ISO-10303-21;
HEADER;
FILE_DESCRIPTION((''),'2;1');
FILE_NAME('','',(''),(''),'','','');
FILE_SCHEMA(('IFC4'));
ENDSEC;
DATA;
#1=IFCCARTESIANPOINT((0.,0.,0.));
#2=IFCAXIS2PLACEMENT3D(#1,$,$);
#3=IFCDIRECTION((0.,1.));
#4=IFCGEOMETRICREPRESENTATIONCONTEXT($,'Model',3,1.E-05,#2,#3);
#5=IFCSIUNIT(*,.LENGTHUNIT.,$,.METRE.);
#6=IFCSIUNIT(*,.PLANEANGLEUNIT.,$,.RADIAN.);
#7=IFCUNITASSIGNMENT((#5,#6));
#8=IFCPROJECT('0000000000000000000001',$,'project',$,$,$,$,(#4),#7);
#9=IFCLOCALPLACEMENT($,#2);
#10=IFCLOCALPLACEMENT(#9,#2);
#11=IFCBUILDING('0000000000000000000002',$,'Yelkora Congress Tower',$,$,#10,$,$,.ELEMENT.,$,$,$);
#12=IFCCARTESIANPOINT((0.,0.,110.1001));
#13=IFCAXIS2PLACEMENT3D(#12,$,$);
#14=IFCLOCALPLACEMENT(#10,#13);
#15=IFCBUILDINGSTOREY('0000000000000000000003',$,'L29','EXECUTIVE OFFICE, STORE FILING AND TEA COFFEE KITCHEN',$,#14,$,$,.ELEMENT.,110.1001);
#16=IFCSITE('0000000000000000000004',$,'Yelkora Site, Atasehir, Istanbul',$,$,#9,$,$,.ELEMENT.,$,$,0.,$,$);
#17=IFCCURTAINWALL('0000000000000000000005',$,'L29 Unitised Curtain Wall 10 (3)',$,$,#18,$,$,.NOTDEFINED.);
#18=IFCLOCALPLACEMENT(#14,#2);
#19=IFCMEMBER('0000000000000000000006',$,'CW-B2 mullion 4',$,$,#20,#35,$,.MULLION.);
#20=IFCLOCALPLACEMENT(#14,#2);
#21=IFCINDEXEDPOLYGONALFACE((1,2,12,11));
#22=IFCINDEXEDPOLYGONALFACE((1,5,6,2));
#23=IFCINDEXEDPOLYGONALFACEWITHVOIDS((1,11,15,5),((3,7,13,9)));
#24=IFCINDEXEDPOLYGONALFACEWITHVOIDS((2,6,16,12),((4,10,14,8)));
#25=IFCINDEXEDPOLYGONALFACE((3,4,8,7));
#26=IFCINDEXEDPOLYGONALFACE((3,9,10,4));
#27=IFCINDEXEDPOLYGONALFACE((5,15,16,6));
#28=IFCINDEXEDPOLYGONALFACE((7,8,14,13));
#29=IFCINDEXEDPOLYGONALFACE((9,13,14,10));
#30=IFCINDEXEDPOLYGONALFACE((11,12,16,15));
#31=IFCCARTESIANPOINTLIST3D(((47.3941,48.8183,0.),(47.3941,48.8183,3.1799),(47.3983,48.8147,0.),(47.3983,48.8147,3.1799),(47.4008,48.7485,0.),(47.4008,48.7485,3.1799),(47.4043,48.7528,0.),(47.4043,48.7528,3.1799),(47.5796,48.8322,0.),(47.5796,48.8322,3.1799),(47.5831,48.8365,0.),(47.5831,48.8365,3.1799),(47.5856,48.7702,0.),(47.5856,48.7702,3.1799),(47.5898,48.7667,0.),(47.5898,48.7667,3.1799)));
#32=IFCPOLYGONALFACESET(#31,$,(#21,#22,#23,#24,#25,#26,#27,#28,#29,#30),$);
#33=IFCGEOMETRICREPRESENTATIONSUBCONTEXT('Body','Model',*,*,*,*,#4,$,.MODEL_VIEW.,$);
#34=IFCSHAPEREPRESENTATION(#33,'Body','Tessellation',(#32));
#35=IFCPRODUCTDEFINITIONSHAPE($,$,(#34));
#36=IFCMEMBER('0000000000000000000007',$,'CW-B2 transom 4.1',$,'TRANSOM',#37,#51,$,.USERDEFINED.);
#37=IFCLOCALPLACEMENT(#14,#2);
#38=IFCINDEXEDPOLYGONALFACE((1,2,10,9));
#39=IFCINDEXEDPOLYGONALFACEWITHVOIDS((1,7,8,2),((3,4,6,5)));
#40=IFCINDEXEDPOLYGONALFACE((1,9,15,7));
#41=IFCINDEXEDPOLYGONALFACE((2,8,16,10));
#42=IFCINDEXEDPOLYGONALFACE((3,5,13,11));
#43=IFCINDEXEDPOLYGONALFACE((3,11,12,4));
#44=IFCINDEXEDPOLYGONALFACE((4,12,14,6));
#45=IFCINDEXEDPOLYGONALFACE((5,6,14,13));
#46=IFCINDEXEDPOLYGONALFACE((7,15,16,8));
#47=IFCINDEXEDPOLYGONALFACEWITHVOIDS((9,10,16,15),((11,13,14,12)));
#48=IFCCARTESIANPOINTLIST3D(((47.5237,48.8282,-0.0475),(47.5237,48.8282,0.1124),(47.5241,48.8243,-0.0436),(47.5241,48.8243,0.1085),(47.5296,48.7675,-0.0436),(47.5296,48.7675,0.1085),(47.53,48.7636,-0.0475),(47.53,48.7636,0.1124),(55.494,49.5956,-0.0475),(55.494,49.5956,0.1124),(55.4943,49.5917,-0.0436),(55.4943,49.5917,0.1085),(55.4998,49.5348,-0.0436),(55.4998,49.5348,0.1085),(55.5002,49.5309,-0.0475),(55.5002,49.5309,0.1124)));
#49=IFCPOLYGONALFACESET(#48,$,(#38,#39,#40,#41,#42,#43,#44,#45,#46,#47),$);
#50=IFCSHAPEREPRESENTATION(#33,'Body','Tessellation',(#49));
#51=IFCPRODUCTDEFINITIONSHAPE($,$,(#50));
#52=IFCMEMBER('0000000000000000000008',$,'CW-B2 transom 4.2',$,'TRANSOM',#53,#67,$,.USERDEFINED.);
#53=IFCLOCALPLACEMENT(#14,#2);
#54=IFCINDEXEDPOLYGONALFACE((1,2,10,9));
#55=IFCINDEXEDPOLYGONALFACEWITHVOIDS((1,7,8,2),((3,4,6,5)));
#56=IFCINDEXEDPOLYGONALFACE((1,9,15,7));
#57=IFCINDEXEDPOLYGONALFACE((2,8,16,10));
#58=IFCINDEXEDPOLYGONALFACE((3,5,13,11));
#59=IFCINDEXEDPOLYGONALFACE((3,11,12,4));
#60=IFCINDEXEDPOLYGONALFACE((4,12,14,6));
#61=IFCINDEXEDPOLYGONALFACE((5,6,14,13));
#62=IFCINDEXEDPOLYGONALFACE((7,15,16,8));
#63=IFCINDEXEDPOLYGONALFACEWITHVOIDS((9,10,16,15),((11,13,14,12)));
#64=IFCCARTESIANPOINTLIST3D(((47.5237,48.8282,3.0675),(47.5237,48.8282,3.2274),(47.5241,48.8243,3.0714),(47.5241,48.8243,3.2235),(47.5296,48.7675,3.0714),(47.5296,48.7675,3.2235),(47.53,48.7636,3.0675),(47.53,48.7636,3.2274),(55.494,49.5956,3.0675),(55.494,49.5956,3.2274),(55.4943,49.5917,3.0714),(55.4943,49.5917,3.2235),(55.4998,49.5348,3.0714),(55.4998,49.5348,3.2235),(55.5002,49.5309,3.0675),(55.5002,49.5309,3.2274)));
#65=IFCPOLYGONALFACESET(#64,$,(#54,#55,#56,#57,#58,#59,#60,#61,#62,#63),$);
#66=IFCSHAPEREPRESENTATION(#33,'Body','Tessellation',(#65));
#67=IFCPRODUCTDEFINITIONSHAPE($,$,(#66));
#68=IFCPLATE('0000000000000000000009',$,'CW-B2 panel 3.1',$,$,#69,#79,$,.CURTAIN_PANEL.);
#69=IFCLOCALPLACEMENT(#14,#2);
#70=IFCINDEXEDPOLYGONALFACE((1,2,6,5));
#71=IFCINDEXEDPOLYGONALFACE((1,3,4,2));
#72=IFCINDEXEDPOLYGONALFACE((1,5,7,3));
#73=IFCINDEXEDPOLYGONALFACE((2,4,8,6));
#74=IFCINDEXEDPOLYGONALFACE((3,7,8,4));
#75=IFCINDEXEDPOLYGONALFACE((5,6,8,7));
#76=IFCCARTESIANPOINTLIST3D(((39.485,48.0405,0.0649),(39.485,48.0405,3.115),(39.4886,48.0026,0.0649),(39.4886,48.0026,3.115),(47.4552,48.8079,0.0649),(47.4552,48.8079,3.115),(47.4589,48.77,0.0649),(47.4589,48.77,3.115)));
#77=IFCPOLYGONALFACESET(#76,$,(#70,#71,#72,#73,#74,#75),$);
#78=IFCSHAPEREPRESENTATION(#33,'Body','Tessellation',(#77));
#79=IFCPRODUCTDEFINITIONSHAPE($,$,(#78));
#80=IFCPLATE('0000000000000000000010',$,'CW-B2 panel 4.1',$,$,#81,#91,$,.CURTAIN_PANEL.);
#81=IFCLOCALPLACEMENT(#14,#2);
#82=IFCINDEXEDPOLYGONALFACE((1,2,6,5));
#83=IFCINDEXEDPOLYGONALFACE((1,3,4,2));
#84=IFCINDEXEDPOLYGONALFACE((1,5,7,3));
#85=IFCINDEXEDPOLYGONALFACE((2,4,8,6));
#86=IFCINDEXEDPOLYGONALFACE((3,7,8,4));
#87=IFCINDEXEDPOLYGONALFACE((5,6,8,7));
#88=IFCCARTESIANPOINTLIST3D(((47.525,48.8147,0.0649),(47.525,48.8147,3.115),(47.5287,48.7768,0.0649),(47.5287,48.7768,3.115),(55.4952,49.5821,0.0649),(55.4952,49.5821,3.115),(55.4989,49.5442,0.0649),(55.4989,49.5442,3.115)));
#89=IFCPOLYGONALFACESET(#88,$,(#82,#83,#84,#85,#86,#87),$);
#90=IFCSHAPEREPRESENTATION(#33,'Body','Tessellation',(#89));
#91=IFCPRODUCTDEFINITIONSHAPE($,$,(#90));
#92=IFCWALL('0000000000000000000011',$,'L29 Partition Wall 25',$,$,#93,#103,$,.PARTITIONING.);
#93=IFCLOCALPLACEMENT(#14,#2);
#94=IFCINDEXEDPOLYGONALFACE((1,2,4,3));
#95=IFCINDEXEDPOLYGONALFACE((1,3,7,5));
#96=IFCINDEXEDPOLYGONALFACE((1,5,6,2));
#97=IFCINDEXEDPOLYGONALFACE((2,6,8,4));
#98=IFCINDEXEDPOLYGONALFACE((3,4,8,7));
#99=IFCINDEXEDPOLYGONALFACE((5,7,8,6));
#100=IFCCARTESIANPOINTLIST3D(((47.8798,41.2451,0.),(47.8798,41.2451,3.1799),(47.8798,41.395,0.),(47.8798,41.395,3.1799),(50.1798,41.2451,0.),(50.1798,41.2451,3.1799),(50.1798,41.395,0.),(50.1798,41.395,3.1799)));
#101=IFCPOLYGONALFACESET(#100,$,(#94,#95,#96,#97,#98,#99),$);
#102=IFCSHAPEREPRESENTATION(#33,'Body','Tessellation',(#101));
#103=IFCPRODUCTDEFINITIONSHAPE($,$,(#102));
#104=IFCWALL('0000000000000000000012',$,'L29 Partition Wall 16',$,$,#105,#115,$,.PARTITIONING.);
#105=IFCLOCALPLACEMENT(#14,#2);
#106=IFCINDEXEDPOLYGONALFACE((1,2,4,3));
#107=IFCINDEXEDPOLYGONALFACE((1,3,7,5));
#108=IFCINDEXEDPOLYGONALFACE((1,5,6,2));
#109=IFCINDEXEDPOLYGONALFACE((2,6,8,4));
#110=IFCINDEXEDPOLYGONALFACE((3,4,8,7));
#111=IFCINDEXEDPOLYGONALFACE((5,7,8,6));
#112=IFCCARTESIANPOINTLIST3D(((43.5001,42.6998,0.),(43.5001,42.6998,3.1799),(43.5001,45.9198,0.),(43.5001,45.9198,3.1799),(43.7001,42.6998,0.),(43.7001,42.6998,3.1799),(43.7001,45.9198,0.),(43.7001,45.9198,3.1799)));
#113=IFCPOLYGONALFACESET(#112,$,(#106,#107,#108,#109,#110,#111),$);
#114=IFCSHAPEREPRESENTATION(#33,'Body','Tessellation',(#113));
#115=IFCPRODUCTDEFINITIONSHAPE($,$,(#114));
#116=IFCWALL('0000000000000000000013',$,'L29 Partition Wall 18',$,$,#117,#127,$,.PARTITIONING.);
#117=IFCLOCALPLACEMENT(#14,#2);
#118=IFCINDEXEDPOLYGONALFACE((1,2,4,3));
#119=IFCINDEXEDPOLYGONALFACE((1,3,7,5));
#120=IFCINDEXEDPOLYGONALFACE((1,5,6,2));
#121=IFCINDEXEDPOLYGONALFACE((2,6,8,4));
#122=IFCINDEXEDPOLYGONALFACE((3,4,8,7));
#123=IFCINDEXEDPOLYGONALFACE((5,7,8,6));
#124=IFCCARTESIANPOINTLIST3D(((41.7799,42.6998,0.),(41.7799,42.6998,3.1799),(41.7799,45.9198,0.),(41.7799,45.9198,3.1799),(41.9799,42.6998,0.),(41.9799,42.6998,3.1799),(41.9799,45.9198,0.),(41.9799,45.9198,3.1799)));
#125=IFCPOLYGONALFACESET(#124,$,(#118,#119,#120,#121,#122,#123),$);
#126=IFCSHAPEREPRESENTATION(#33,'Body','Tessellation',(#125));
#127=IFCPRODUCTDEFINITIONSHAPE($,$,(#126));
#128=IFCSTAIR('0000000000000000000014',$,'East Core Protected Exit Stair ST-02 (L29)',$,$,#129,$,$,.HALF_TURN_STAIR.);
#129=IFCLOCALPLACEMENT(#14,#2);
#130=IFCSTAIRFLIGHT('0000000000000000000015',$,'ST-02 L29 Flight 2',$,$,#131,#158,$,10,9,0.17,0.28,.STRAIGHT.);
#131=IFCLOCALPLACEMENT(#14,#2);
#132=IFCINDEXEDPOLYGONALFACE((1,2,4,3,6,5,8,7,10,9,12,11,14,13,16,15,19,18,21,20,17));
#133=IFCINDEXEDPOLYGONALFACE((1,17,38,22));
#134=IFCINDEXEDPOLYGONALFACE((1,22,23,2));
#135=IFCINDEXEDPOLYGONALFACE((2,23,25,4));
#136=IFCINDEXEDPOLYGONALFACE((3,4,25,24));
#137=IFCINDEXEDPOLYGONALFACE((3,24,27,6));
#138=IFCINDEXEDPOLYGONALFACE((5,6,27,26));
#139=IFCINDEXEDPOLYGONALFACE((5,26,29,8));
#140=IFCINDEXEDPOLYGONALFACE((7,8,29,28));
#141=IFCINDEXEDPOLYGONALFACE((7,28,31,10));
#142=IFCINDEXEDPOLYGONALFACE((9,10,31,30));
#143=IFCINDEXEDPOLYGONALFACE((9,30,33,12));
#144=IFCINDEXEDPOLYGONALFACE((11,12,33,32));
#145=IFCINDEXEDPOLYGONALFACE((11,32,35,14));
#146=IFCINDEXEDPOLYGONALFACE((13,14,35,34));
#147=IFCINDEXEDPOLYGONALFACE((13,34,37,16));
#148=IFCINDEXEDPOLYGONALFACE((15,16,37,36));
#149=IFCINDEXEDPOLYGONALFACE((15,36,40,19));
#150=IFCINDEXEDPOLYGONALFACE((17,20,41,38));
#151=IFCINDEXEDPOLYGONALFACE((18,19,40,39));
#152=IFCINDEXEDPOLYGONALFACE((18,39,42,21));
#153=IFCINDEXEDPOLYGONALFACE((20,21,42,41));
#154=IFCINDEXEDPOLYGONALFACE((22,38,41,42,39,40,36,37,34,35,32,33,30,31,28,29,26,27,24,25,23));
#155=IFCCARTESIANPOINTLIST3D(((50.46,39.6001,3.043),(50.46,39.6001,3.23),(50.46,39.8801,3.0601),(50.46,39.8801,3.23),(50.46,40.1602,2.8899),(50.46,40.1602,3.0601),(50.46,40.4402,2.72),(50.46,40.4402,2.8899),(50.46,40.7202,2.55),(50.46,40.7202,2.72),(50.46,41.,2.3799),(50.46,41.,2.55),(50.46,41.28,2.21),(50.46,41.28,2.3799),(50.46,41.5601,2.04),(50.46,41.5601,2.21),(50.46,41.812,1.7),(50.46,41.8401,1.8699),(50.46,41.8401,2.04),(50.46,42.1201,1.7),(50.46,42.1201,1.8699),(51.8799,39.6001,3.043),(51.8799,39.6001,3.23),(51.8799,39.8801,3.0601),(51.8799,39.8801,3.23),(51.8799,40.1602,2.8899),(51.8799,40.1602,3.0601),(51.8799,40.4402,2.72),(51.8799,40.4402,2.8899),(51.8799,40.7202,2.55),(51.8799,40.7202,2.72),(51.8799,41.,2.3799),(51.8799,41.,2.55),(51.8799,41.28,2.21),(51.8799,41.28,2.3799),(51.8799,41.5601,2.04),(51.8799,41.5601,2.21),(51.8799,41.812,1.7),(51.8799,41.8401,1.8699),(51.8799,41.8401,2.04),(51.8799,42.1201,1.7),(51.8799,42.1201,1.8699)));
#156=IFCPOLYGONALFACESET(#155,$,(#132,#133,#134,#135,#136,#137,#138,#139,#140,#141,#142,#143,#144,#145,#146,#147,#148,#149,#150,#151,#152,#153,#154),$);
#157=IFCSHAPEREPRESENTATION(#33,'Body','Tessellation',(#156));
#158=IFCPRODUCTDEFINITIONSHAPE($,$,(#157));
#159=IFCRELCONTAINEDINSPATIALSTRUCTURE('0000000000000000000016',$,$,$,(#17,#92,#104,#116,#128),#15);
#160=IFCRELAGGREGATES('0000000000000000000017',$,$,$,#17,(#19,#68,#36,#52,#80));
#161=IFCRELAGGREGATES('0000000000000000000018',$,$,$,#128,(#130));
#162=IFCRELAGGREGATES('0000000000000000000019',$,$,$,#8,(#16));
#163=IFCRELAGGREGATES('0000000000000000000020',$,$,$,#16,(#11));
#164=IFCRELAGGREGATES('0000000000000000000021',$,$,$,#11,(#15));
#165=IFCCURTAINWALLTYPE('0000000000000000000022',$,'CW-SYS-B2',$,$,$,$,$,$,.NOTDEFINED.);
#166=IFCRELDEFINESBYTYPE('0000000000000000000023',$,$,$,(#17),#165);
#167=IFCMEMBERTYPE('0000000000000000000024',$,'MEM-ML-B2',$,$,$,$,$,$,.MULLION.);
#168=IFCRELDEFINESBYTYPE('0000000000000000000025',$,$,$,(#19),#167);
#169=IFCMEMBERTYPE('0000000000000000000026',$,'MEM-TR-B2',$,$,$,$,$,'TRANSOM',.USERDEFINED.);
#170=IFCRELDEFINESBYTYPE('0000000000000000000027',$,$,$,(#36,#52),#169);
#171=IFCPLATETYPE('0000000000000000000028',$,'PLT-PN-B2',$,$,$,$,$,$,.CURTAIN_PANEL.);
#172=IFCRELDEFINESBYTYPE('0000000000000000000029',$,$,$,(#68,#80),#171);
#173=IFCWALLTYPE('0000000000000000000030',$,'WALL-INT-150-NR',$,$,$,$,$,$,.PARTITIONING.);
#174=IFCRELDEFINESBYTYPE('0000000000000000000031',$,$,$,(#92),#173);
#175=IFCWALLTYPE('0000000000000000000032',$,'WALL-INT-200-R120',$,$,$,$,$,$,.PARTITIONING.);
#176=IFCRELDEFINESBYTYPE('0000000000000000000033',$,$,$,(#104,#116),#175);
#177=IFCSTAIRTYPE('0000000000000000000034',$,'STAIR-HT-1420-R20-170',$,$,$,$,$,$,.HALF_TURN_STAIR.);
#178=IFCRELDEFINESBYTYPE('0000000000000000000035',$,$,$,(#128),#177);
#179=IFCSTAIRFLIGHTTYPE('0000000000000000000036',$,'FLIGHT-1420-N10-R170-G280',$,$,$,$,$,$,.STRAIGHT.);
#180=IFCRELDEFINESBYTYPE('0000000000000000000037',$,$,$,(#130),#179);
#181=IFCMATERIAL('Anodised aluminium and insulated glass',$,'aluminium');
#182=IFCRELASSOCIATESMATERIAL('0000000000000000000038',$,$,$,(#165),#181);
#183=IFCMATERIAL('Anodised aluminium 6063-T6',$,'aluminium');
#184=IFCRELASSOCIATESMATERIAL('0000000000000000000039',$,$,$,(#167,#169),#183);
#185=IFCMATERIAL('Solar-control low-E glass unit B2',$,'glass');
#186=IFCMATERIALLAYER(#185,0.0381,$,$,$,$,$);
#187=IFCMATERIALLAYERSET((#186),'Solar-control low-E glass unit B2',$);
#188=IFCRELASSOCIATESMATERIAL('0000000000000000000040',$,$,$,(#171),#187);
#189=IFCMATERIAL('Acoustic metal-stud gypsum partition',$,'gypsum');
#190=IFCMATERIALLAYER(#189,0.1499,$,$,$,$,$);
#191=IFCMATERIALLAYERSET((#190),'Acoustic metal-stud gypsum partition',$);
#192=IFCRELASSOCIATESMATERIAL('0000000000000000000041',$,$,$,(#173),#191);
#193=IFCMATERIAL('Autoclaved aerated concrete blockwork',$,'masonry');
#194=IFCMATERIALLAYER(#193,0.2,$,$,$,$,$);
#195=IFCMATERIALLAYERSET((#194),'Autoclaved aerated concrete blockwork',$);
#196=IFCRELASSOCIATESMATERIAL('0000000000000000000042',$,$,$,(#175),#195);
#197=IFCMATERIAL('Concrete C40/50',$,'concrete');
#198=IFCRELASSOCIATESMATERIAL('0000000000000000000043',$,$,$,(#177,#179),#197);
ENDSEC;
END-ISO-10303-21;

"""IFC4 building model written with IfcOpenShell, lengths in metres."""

from ifc_helpers import new_model, si_unit, direction, frame, frame_2d, origin, origin_2d, place, context, subcontext, project, spatial, polyline, rectangle, hollow_rectangle, outline, extrude, material, layer, layer_set, material_profile, profile_set, type_object, element, aggregate, save


model = new_model("IFC4")

# Units and contexts
model_context = context("Model", 3, precision=1e-05, world=origin(), true_north=direction((0.0, 1.0)))
body_context = subcontext(model_context, "Body", "Model", "MODEL_VIEW")
ifc_project = project(units=[si_unit("LENGTHUNIT", "METRE"), si_unit("PLANEANGLEUNIT", "RADIAN")], contexts=[model_context])

# Site, building, storey
site_placement = place(None, origin())
site = spatial("IfcSite", under=ifc_project, at=site_placement, Name="Yelkora Site, Atasehir, Istanbul", CompositionType="ELEMENT", RefElevation=0.0)
building_placement = place(site_placement, origin())
building = spatial("IfcBuilding", under=site, at=building_placement, Name="Yelkora Congress Tower", CompositionType="ELEMENT")
storey_placement = place(building_placement, frame((0.0, 0.0, 110.1001)))
storey = spatial("IfcBuildingStorey", under=building, at=storey_placement, Name="L29", Description="EXECUTIVE OFFICE, STORE FILING AND TEA COFFEE KITCHEN", CompositionType="ELEMENT", Elevation=110.1001)

# Curtain wall, members, plates
ifc_material_1 = material(Name="Anodised aluminium and insulated glass", Category="aluminium")
curtain_wall_type = type_object("IfcCurtainWallType", Name="CW-SYS-B2", PredefinedType="NOTDEFINED", material=ifc_material_1)
curtain_wall_placement = place(storey_placement, origin())
curtain_wall = element("IfcCurtainWall", 1, at=curtain_wall_placement, inside=storey, type_object=curtain_wall_type, Name="L29 Unitised Curtain Wall 10 (3)", PredefinedType="NOTDEFINED")
ifc_material_2 = material(Name="Anodised aluminium 6063-T6", Category="aluminium")
ifc_material_profile_1 = material_profile(ifc_material_2, hollow_rectangle(XDim=0.0701, YDim=0.1899, WallThickness=0.0039, at=origin_2d()), Name="ALU 70x190x4")
ifc_profile_set_1 = profile_set([ifc_material_profile_1], Name="Anodised aluminium 6063-T6")
member_type_1 = type_object("IfcMemberType", Name="MEM-ML-B2", PredefinedType="MULLION", material=ifc_profile_set_1)
member_1_placement = place(storey_placement, frame((47.4919, 48.7925, 0.0), z_axis=(0.0, 0.0, 1.0), x_axis=(-0.095844, 0.995396, 0.0)))
member_1 = element("IfcMember", 2, at=member_1_placement, type_object=member_type_1, Name="CW-B2 mullion 4", PredefinedType="MULLION", context=body_context, shape_type="SweptSolid", body=[
    extrude(hollow_rectangle(XDim=0.0701, YDim=0.1899, WallThickness=0.0039, at=origin_2d()), origin(), (0.0, 0.0, 1.0), 3.1799),
])
ifc_material_profile_2 = material_profile(ifc_material_2, hollow_rectangle(XDim=0.0649, YDim=0.1599, WallThickness=0.0039, at=origin_2d()), Name="ALU 65x160x4")
ifc_profile_set_2 = profile_set([ifc_material_profile_2], Name="Anodised aluminium 6063-T6")
member_type_2 = type_object("IfcMemberType", Name="MEM-TR-B2", ElementType="TRANSOM", PredefinedType="USERDEFINED", material=ifc_profile_set_2)
member_2_placement = place(storey_placement, frame((47.5269, 48.7959, 0.0325), z_axis=(0.995398, 0.095832, 0.0), x_axis=(-0.095832, 0.995398, 0.0)))
member_2 = element("IfcMember", 3, at=member_2_placement, type_object=member_type_2, Name="CW-B2 transom 4.1", ObjectType="TRANSOM", PredefinedType="USERDEFINED", context=body_context, shape_type="SweptSolid", body=[
    extrude(hollow_rectangle(XDim=0.0649, YDim=0.1599, WallThickness=0.0039, at=origin_2d()), origin(), (0.0, 0.0, 1.0), 8.0071),
])
member_3_placement = place(storey_placement, frame((47.5269, 48.7959, 3.1475), z_axis=(0.995398, 0.095832, 0.0), x_axis=(-0.095832, 0.995398, 0.0)))
member_3 = element("IfcMember", 4, at=member_3_placement, type_object=member_type_2, Name="CW-B2 transom 4.2", ObjectType="TRANSOM", PredefinedType="USERDEFINED", context=body_context, shape_type="SweptSolid", body=[
    extrude(hollow_rectangle(XDim=0.0649, YDim=0.1599, WallThickness=0.0039, at=origin_2d()), origin(), (0.0, 0.0, 1.0), 8.0071),
])
ifc_material_3 = material(Name="Solar-control low-E glass unit B2", Category="glass")
ifc_layer_1 = layer(ifc_material_3, 0.0381)
ifc_layer_set_1 = layer_set([ifc_layer_1], Name="Solar-control low-E glass unit B2")
plate_type = type_object("IfcPlateType", Name="PLT-PN-B2", PredefinedType="CURTAIN_PANEL", material=ifc_layer_set_1)
plate_1_placement = place(storey_placement, frame((43.4719, 48.4053, 0.0649), z_axis=(0.0, 0.0, 1.0), x_axis=(0.995396, 0.095844, 0.0)))
plate_1 = element("IfcPlate", 5, at=plate_1_placement, type_object=plate_type, Name="CW-B2 panel 3.1", PredefinedType="CURTAIN_PANEL", context=body_context, shape_type="SweptSolid", body=[
    extrude(rectangle(XDim=8.0071, YDim=0.0381, at=origin_2d()), origin(), (0.0, 0.0, 1.0), 3.05),
])
plate_2_placement = place(storey_placement, frame((51.512, 49.1794, 0.0649), z_axis=(0.0, 0.0, 1.0), x_axis=(0.995396, 0.095844, 0.0)))
plate_2 = element("IfcPlate", 6, at=plate_2_placement, type_object=plate_type, Name="CW-B2 panel 4.1", PredefinedType="CURTAIN_PANEL", context=body_context, shape_type="SweptSolid", body=[
    extrude(rectangle(XDim=8.0071, YDim=0.0381, at=origin_2d()), origin(), (0.0, 0.0, 1.0), 3.05),
])
aggregate(curtain_wall, [member_1, plate_1, member_2, member_3, plate_2])

# Shared definitions
ifc_material_4 = material(Name="Acoustic metal-stud gypsum partition", Category="gypsum")
ifc_layer_2 = layer(ifc_material_4, 0.1499)
ifc_layer_set_2 = layer_set([ifc_layer_2], Name="Acoustic metal-stud gypsum partition")
wall_type_1 = type_object("IfcWallType", Name="WALL-INT-150-NR", PredefinedType="PARTITIONING", material=ifc_layer_set_2)

# Walls
wall_1_placement = place(storey_placement, frame((47.8799, 41.3201, 0.0), z_axis=(0.0, 0.0, 1.0), x_axis=(1.0, 0.0, 0.0)))
element("IfcWall", 7, at=wall_1_placement, inside=storey, type_object=wall_type_1, Name="L29 Partition Wall 25", PredefinedType="PARTITIONING", context=body_context, shape_type="SweptSolid", body=[
    extrude(rectangle(XDim=2.3, YDim=0.1499, at=frame_2d((1.1499, 0.0))), origin(), (0.0, 0.0, 1.0), 3.1799),
])
ifc_material_5 = material(Name="Autoclaved aerated concrete blockwork", Category="masonry")
ifc_layer_3 = layer(ifc_material_5, 0.2)
ifc_layer_set_3 = layer_set([ifc_layer_3], Name="Autoclaved aerated concrete blockwork")
wall_type_2 = type_object("IfcWallType", Name="WALL-INT-200-R120", PredefinedType="PARTITIONING", material=ifc_layer_set_3)
for number, where, z_axis, x_axis, name in (
    (8, (43.6001, 42.7, 0.0), (0.0, 0.0, 1.0), (0.0, 1.0, 0.0), "L29 Partition Wall 16"),
    (9, (41.8799, 42.7, 0.0), (0.0, 0.0, 1.0), (0.0, 1.0, 0.0), "L29 Partition Wall 18"),
):
    element("IfcWall", number, at=place(storey_placement, frame(where, z_axis=z_axis, x_axis=x_axis)), inside=storey, type_object=wall_type_2, Name=name, PredefinedType="PARTITIONING", context=body_context, shape_type="SweptSolid", body=[
        extrude(rectangle(XDim=3.22, YDim=0.2, at=frame_2d((1.6099, 0.0))), origin(), (0.0, 0.0, 1.0), 3.1799),
    ])

# Stair, stair flight
ifc_material_6 = material(Name="Concrete C40/50", Category="concrete")
stair_type = type_object("IfcStairType", Name="STAIR-HT-1420-R20-170", PredefinedType="HALF_TURN_STAIR", material=ifc_material_6)
stair_placement = place(storey_placement, origin())
stair = element("IfcStair", 10, at=stair_placement, inside=storey, type_object=stair_type, Name="East Core Protected Exit Stair ST-02 (L29)", PredefinedType="HALF_TURN_STAIR")
stair_flight_type = type_object("IfcStairFlightType", Name="FLIGHT-1420-N10-R170-G280", PredefinedType="STRAIGHT", material=ifc_material_6)
stair_flight_placement = place(storey_placement, frame((51.1699, 42.1201, 1.7), z_axis=(0.0, 0.0, 1.0), x_axis=(0.0, -1.0, 0.0)))
stair_flight = element("IfcStairFlight", 11, at=stair_flight_placement, type_object=stair_flight_type, Name="ST-02 L29 Flight 2", NumberOfRisers=10, NumberOfTreads=9, PredefinedType="STRAIGHT", RiserHeight=0.17, TreadLength=0.28, context=body_context, shape_type="SweptSolid", body=[
    extrude(outline(polyline([(0.0, 0.0), (0.0, 0.1699), (0.28, 0.1699), (0.28, 0.3401), (0.5601, 0.3401), (0.5601, 0.51), (0.8401, 0.51), (0.8401, 0.6799), (1.1201, 0.6799), (1.1201, 0.8501), (1.3999, 0.8501), (1.3999, 1.02), (1.6799, 1.02), (1.6799, 1.1899), (1.96, 1.1899), (1.96, 1.3601), (2.24, 1.3601), (2.24, 1.53), (2.52, 1.53), (2.52, 1.7), (2.52, 1.343), (0.3081, 0.0), (0.0, 0.0)])), frame((0.0, 0.71, 0.0), z_axis=(0.0, -1.0, 0.0), x_axis=(1.0, 0.0, 0.0)), (0.0, 0.0, 1.0), 1.4199),
])
aggregate(stair, [stair_flight])

save(model, "model.ifc")
